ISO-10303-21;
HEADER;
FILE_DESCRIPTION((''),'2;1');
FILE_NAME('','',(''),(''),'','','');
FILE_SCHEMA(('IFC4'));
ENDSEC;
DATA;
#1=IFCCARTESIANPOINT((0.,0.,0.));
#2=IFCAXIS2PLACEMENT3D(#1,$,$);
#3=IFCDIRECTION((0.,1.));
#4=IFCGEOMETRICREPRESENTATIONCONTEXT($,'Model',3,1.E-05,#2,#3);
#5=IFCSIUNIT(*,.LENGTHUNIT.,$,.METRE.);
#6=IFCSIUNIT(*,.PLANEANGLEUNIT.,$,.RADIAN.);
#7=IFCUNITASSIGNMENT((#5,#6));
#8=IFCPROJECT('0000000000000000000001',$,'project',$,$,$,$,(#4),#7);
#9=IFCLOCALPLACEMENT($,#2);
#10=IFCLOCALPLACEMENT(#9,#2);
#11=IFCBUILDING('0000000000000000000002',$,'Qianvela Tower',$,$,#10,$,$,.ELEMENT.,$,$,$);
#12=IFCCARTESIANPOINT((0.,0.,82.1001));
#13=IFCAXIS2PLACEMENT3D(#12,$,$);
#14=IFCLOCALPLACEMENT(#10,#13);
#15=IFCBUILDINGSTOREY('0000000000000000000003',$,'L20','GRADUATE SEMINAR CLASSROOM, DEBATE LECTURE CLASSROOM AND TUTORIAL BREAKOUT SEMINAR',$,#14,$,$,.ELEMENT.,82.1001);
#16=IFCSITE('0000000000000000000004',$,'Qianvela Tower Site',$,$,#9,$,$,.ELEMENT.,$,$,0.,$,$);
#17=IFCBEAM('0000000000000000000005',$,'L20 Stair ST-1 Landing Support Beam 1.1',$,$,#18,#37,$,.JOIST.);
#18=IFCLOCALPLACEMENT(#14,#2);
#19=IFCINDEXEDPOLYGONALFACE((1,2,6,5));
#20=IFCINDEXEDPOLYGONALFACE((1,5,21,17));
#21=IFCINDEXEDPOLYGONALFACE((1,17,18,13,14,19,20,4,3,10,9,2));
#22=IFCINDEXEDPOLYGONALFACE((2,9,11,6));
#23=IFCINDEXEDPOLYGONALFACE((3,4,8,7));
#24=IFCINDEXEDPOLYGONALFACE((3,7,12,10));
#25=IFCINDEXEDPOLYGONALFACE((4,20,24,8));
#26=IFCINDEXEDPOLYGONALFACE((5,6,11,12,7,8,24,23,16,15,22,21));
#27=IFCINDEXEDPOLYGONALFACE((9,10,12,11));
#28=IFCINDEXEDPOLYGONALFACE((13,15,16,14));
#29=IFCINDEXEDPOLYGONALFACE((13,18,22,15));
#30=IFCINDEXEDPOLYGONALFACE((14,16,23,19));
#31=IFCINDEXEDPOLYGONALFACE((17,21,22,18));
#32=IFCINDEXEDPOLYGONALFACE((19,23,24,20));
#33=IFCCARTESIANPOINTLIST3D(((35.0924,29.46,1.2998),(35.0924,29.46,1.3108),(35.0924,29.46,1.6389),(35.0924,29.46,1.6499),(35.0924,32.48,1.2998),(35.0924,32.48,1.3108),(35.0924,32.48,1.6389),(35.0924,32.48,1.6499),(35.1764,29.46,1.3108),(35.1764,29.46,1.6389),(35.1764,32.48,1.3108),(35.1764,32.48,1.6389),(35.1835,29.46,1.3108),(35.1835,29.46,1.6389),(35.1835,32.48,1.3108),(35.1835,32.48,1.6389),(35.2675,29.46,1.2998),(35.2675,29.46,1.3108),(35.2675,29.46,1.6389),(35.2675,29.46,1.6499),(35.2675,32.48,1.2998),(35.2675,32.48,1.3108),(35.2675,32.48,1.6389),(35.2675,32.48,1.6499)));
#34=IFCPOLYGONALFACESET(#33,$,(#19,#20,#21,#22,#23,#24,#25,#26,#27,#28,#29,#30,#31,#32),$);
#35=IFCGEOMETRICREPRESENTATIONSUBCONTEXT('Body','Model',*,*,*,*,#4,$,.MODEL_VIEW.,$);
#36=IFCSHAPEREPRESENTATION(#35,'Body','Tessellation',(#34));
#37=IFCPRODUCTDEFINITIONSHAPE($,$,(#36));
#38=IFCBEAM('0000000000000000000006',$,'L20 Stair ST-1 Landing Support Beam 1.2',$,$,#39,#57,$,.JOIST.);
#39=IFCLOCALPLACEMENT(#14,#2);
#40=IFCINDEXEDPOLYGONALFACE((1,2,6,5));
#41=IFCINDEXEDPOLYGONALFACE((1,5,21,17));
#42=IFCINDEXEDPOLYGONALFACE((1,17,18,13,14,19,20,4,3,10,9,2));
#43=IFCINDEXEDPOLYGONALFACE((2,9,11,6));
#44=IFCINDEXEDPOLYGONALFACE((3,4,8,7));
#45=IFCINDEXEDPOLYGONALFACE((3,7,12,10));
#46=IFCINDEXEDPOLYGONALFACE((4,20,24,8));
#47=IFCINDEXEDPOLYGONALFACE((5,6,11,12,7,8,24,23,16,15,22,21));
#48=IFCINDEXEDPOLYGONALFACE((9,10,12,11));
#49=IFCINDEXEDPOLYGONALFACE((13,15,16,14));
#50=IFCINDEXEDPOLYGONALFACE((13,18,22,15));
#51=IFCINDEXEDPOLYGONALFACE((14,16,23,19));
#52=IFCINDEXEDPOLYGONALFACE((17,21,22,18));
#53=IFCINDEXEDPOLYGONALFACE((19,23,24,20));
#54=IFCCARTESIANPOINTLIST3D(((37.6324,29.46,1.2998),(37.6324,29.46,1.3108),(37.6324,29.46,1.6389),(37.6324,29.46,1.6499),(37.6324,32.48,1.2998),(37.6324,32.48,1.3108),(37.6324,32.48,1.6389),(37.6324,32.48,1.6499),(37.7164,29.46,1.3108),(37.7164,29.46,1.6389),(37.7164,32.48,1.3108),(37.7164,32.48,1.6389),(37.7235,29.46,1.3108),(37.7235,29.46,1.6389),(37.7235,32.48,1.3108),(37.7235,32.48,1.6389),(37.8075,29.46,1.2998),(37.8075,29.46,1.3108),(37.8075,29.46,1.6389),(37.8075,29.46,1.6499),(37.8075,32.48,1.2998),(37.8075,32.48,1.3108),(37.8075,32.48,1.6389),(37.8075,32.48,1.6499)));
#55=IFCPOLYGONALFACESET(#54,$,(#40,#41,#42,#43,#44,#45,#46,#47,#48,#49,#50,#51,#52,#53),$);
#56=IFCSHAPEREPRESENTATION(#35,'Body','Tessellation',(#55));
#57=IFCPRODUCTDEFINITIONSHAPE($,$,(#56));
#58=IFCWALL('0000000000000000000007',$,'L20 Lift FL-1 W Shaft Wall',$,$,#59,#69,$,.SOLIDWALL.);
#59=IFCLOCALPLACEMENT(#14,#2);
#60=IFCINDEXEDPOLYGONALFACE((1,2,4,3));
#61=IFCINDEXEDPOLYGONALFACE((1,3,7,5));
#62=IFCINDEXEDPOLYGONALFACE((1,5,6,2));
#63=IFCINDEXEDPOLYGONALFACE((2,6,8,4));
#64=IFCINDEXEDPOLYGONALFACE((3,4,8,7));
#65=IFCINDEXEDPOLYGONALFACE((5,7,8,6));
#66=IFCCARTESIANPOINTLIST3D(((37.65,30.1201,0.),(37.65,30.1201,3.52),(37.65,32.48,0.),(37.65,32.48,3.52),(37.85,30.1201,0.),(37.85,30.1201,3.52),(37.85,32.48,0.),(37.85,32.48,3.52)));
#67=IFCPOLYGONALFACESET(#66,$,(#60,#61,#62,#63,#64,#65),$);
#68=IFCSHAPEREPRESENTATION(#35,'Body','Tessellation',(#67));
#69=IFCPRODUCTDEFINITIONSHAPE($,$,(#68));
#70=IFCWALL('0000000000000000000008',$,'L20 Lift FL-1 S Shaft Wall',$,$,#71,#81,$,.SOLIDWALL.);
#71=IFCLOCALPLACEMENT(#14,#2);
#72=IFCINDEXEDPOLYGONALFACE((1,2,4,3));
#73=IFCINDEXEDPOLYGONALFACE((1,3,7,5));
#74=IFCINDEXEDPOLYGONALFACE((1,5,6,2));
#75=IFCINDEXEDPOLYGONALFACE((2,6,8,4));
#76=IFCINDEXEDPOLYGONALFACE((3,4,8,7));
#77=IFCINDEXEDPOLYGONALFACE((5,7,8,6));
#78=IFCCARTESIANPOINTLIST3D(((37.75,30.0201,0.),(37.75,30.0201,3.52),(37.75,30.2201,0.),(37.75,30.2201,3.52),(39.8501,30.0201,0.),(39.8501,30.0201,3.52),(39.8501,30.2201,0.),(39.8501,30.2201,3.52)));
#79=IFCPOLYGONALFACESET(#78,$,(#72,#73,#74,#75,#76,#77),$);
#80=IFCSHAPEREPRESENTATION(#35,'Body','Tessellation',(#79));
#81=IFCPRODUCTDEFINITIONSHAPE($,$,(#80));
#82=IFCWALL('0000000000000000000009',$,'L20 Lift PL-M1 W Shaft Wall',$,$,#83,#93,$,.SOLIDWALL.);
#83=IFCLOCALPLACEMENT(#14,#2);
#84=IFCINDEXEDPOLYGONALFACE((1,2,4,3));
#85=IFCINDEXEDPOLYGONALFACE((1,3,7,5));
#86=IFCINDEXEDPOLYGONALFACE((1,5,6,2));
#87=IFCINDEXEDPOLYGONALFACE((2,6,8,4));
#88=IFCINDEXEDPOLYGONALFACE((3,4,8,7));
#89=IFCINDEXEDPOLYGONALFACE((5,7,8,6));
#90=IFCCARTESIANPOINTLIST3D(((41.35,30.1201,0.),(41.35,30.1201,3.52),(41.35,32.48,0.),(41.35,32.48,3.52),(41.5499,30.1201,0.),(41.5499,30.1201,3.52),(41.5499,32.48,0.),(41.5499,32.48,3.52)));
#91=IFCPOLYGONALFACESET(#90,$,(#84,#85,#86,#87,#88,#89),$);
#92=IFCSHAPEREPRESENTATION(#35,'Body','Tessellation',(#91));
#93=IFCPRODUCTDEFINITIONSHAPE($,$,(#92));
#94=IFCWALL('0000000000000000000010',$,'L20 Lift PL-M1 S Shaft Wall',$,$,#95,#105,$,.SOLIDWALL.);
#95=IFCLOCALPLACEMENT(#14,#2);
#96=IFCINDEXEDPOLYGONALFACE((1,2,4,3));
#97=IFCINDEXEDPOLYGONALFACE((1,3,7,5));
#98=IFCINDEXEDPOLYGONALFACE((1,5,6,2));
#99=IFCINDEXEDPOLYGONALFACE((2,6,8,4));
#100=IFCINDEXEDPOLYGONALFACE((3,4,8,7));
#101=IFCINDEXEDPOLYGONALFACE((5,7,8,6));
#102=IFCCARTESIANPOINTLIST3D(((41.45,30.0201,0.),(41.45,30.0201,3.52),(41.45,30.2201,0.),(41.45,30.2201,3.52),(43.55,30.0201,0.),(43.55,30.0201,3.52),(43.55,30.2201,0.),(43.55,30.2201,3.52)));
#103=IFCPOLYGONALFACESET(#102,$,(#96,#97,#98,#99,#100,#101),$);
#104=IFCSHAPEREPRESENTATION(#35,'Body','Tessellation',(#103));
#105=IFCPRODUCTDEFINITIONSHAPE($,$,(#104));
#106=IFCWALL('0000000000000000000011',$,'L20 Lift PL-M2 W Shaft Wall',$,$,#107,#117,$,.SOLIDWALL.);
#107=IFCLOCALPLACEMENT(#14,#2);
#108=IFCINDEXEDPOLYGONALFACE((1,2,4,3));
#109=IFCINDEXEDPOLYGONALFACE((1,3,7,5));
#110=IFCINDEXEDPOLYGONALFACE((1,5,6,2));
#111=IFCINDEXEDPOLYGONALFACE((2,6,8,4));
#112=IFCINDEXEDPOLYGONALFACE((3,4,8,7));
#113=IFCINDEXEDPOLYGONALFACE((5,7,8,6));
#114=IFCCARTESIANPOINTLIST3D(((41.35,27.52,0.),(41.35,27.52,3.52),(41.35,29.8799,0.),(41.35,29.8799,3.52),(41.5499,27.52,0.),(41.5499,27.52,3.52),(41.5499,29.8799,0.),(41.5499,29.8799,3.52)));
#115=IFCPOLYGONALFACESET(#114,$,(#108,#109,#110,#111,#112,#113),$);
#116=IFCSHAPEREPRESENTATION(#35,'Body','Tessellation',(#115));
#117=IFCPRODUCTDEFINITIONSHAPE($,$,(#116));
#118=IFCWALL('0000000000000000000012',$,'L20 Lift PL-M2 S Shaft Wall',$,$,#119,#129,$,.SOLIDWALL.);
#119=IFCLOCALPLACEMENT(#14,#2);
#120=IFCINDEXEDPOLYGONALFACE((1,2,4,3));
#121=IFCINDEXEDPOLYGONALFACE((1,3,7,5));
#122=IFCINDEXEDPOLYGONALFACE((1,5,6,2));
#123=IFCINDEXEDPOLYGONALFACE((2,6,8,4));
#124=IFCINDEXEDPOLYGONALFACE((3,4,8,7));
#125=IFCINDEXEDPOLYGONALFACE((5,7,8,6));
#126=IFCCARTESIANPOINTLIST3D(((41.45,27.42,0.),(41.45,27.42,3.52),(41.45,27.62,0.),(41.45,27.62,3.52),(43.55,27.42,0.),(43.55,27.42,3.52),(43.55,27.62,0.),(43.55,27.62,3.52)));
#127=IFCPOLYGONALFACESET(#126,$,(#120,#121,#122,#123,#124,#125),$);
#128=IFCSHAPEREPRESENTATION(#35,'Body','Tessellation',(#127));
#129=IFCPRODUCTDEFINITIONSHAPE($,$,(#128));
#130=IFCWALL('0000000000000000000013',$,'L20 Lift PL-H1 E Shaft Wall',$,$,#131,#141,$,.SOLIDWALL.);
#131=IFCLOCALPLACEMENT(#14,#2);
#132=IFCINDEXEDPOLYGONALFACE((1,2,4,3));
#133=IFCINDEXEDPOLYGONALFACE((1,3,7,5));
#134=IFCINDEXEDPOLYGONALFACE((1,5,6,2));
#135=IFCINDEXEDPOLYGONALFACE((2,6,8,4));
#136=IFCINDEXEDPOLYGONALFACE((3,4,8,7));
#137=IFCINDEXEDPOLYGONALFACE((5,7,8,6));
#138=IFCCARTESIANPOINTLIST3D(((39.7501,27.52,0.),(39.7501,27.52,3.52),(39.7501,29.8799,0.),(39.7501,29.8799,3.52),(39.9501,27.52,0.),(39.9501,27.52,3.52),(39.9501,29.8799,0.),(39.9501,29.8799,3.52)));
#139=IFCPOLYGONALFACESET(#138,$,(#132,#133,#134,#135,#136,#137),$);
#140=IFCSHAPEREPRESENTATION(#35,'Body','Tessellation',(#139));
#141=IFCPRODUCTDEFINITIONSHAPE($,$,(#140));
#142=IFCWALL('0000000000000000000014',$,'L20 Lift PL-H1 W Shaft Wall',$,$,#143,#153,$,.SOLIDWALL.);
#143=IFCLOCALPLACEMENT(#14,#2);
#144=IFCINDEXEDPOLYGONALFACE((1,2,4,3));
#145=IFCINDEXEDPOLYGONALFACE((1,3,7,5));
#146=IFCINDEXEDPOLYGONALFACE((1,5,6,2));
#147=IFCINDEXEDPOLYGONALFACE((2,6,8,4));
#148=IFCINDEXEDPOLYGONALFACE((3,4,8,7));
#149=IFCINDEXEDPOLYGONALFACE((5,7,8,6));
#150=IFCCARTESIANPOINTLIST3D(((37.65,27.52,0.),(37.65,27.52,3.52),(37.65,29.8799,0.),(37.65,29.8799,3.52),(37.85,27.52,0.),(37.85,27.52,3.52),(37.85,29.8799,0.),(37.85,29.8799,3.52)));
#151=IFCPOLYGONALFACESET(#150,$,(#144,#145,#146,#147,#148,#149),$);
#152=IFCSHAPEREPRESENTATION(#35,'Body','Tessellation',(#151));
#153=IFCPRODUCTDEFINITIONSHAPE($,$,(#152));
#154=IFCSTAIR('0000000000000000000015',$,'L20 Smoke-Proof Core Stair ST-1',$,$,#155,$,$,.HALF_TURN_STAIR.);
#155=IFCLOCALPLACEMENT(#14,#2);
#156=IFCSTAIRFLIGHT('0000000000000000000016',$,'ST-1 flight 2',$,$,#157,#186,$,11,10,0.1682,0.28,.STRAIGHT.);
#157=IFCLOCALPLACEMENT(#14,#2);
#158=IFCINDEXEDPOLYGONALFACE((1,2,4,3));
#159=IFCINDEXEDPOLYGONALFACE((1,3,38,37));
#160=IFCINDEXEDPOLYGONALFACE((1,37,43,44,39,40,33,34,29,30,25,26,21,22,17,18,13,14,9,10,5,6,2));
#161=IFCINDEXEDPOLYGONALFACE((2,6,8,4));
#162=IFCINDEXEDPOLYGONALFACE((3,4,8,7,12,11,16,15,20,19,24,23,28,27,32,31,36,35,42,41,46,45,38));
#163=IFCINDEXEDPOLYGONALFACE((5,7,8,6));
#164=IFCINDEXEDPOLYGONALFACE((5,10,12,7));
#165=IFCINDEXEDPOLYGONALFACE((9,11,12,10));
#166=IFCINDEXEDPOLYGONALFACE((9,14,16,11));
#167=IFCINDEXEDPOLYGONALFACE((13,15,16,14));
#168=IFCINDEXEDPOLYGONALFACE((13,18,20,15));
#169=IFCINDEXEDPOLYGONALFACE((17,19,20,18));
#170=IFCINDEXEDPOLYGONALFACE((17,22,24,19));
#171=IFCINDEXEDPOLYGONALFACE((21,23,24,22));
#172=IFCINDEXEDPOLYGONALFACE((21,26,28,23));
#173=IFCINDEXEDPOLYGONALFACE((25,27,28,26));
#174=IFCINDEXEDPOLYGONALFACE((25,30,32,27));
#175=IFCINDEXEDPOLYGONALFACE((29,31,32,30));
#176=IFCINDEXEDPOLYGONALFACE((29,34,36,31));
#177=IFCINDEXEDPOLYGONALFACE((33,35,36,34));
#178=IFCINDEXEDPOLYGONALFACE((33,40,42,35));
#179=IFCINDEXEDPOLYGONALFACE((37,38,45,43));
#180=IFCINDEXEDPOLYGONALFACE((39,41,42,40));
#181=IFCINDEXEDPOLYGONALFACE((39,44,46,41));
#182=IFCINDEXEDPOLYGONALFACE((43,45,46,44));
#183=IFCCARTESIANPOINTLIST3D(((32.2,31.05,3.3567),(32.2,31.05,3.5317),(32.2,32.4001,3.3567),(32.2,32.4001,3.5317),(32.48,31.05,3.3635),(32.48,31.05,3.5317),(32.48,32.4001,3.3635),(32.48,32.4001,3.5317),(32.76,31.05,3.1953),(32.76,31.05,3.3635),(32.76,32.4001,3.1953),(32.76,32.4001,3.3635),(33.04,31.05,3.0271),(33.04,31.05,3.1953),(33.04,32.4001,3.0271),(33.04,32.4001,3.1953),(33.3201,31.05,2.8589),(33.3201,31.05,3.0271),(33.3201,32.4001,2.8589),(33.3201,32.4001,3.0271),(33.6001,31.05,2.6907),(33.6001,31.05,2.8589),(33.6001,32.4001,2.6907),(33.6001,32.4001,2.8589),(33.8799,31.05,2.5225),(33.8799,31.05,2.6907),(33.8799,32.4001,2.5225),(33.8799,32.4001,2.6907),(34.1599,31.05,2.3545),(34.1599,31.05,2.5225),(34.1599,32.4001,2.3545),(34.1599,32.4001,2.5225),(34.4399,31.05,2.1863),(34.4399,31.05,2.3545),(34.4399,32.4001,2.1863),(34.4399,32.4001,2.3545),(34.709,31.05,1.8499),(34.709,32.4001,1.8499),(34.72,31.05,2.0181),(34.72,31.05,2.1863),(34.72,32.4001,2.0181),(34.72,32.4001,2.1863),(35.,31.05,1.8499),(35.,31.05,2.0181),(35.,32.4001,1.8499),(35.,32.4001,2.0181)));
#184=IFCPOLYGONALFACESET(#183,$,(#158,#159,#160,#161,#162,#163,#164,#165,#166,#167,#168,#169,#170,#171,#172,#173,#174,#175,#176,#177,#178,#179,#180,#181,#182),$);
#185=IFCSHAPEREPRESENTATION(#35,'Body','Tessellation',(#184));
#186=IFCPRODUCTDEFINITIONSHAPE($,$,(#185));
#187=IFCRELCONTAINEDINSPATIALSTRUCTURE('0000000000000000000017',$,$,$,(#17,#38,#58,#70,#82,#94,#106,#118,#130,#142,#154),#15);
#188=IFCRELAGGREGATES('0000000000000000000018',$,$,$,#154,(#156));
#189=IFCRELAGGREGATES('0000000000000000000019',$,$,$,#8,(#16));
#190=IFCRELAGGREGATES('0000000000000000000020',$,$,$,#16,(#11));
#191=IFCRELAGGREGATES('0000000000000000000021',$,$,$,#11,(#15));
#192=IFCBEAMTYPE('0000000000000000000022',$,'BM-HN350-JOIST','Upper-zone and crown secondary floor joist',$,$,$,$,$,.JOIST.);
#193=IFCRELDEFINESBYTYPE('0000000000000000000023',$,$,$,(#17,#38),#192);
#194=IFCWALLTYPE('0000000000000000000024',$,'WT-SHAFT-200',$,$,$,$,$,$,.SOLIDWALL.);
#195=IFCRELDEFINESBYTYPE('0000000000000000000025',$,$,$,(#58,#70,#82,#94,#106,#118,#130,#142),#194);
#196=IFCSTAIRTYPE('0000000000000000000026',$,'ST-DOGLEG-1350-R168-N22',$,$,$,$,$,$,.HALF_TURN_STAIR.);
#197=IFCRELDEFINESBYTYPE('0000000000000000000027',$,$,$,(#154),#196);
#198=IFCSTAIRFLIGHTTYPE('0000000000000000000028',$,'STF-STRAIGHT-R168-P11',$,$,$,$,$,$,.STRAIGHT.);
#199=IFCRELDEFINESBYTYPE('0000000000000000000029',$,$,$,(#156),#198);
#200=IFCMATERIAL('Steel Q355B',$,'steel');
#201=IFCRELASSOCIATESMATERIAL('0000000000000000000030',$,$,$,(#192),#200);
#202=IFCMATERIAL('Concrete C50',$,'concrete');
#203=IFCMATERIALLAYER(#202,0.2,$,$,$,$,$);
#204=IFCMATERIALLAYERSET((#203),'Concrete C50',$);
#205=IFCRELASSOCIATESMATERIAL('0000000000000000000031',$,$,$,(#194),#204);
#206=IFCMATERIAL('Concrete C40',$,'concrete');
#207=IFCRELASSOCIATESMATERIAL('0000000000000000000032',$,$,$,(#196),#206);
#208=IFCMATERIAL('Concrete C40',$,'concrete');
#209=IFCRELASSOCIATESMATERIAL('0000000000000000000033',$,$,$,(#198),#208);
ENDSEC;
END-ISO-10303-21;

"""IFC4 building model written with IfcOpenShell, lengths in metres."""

from ifc_helpers import new_model, si_unit, direction, frame, frame_2d, origin, origin_2d, place, context, subcontext, project, spatial, polyline, rectangle, i_section, outline, extrude, material, layer, layer_set, material_profile, profile_set, type_object, element, aggregate, save


model = new_model("IFC4")

# Units and contexts
model_context = context("Model", 3, precision=1e-05, world=origin(), true_north=direction((0.0, 1.0)))
body_context = subcontext(model_context, "Body", "Model", "MODEL_VIEW")
ifc_project = project(units=[si_unit("LENGTHUNIT", "METRE"), si_unit("PLANEANGLEUNIT", "RADIAN")], contexts=[model_context])

# Site, building, storey
site_placement = place(None, origin())
site = spatial("IfcSite", under=ifc_project, at=site_placement, Name="Qianvela Tower Site", CompositionType="ELEMENT", RefElevation=0.0)
building_placement = place(site_placement, origin())
building = spatial("IfcBuilding", under=site, at=building_placement, Name="Qianvela Tower", CompositionType="ELEMENT")
storey_placement = place(building_placement, frame((0.0, 0.0, 82.1001)))
storey = spatial("IfcBuildingStorey", under=building, at=storey_placement, Name="L20", Description="GRADUATE SEMINAR CLASSROOM, DEBATE LECTURE CLASSROOM AND TUTORIAL BREAKOUT SEMINAR", CompositionType="ELEMENT", Elevation=82.1001)

# Beams
ifc_material_1 = material(Name="Steel Q355B", Category="steel")
ifc_material_profile = material_profile(ifc_material_1, i_section(OverallWidth=0.175, OverallDepth=0.3501, WebThickness=0.0071, FlangeThickness=0.011, at=origin_2d()), Name="HN350x175x7x11")
ifc_profile_set = profile_set([ifc_material_profile], Name="Steel Q355B")
beam_type = type_object("IfcBeamType", Name="BM-HN350-JOIST", Description="Upper-zone and crown secondary floor joist", PredefinedType="JOIST", material=ifc_profile_set)
for number, where, z_axis, x_axis, name in (
    (1, (35.1799, 29.46, 1.4749), (0.0, 1.0, 0.0), (-1.0, 0.0, 0.0), "L20 Stair ST-1 Landing Support Beam 1.1"),
    (2, (37.72, 29.46, 1.4749), (0.0, 1.0, 0.0), (-1.0, 0.0, 0.0), "L20 Stair ST-1 Landing Support Beam 1.2"),
):
    element("IfcBeam", number, at=place(storey_placement, frame(where, z_axis=z_axis, x_axis=x_axis)), inside=storey, type_object=beam_type, Name=name, PredefinedType="JOIST", context=body_context, shape_type="SweptSolid", body=[
        extrude(i_section(OverallWidth=0.175, OverallDepth=0.3501, WebThickness=0.0071, FlangeThickness=0.011, at=origin_2d()), origin(), (0.0, 0.0, 1.0), 3.02),
    ])

# Shared definitions
ifc_material_2 = material(Name="Concrete C50", Category="concrete")
ifc_layer = layer(ifc_material_2, 0.2)
ifc_layer_set = layer_set([ifc_layer], Name="Concrete C50")
wall_type = type_object("IfcWallType", Name="WT-SHAFT-200", PredefinedType="SOLIDWALL", material=ifc_layer_set)

# Walls
wall_1_placement = place(storey_placement, frame((37.75, 30.1201, 0.0), z_axis=(0.0, 0.0, 1.0), x_axis=(0.0, 1.0, 0.0)))
element("IfcWall", 3, at=wall_1_placement, inside=storey, type_object=wall_type, Name="L20 Lift FL-1 W Shaft Wall", PredefinedType="SOLIDWALL", context=body_context, shape_type="SweptSolid", body=[
    extrude(rectangle(XDim=2.3599, YDim=0.2, at=frame_2d((1.1799, 0.0))), origin(), (0.0, 0.0, 1.0), 3.52),
])
wall_2_placement = place(storey_placement, frame((37.75, 30.1201, 0.0), z_axis=(0.0, 0.0, 1.0), x_axis=(1.0, 0.0, 0.0)))
element("IfcWall", 4, at=wall_2_placement, inside=storey, type_object=wall_type, Name="L20 Lift FL-1 S Shaft Wall", PredefinedType="SOLIDWALL", context=body_context, shape_type="SweptSolid", body=[
    extrude(rectangle(XDim=2.1001, YDim=0.2, at=frame_2d((1.05, 0.0))), origin(), (0.0, 0.0, 1.0), 3.52),
])
wall_3_placement = place(storey_placement, frame((41.45, 30.1201, 0.0), z_axis=(0.0, 0.0, 1.0), x_axis=(0.0, 1.0, 0.0)))
element("IfcWall", 5, at=wall_3_placement, inside=storey, type_object=wall_type, Name="L20 Lift PL-M1 W Shaft Wall", PredefinedType="SOLIDWALL", context=body_context, shape_type="SweptSolid", body=[
    extrude(rectangle(XDim=2.3599, YDim=0.2, at=frame_2d((1.1799, 0.0))), origin(), (0.0, 0.0, 1.0), 3.52),
])
wall_4_placement = place(storey_placement, frame((41.45, 30.1201, 0.0), z_axis=(0.0, 0.0, 1.0), x_axis=(1.0, 0.0, 0.0)))
element("IfcWall", 6, at=wall_4_placement, inside=storey, type_object=wall_type, Name="L20 Lift PL-M1 S Shaft Wall", PredefinedType="SOLIDWALL", context=body_context, shape_type="SweptSolid", body=[
    extrude(rectangle(XDim=2.1001, YDim=0.2, at=frame_2d((1.05, 0.0))), origin(), (0.0, 0.0, 1.0), 3.52),
])
wall_5_placement = place(storey_placement, frame((41.45, 27.52, 0.0), z_axis=(0.0, 0.0, 1.0), x_axis=(0.0, 1.0, 0.0)))
element("IfcWall", 7, at=wall_5_placement, inside=storey, type_object=wall_type, Name="L20 Lift PL-M2 W Shaft Wall", PredefinedType="SOLIDWALL", context=body_context, shape_type="SweptSolid", body=[
    extrude(rectangle(XDim=2.3599, YDim=0.2, at=frame_2d((1.1799, 0.0))), origin(), (0.0, 0.0, 1.0), 3.52),
])
wall_6_placement = place(storey_placement, frame((41.45, 27.52, 0.0), z_axis=(0.0, 0.0, 1.0), x_axis=(1.0, 0.0, 0.0)))
element("IfcWall", 8, at=wall_6_placement, inside=storey, type_object=wall_type, Name="L20 Lift PL-M2 S Shaft Wall", PredefinedType="SOLIDWALL", context=body_context, shape_type="SweptSolid", body=[
    extrude(rectangle(XDim=2.1001, YDim=0.2, at=frame_2d((1.05, 0.0))), origin(), (0.0, 0.0, 1.0), 3.52),
])
for number, where, z_axis, x_axis, name in (
    (9, (39.8501, 27.52, 0.0), (0.0, 0.0, 1.0), (0.0, 1.0, 0.0), "L20 Lift PL-H1 E Shaft Wall"),
    (10, (37.75, 27.52, 0.0), (0.0, 0.0, 1.0), (0.0, 1.0, 0.0), "L20 Lift PL-H1 W Shaft Wall"),
):
    element("IfcWall", number, at=place(storey_placement, frame(where, z_axis=z_axis, x_axis=x_axis)), inside=storey, type_object=wall_type, Name=name, PredefinedType="SOLIDWALL", context=body_context, shape_type="SweptSolid", body=[
        extrude(rectangle(XDim=2.3599, YDim=0.2, at=frame_2d((1.1799, 0.0))), origin(), (0.0, 0.0, 1.0), 3.52),
    ])

# Stair, stair flight
ifc_material_3 = material(Name="Concrete C40", Category="concrete")
stair_type = type_object("IfcStairType", Name="ST-DOGLEG-1350-R168-N22", PredefinedType="HALF_TURN_STAIR", material=ifc_material_3)
stair_placement = place(storey_placement, origin())
stair = element("IfcStair", 11, at=stair_placement, inside=storey, type_object=stair_type, Name="L20 Smoke-Proof Core Stair ST-1", PredefinedType="HALF_TURN_STAIR")
ifc_material_4 = material(Name="Concrete C40", Category="concrete")
stair_flight_type = type_object("IfcStairFlightType", Name="STF-STRAIGHT-R168-P11", PredefinedType="STRAIGHT", material=ifc_material_4)
stair_flight_placement = place(storey_placement, frame((35.0, 31.7251, 1.8499), z_axis=(0.0, 0.0, 1.0), x_axis=(-1.0, 0.0, 0.0)))
stair_flight = element("IfcStairFlight", 12, at=stair_flight_placement, type_object=stair_flight_type, Name="ST-1 flight 2", NumberOfRisers=11, NumberOfTreads=10, PredefinedType="STRAIGHT", RiserHeight=0.1682, TreadLength=0.28, context=body_context, shape_type="SweptSolid", body=[
    extrude(outline(polyline([(0.0, 0.0), (0.0, 0.1682), (0.28, 0.1682), (0.28, 0.3364), (0.5601, 0.3364), (0.5601, 0.5046), (0.8401, 0.5046), (0.8401, 0.6726), (1.1201, 0.6726), (1.1201, 0.8408), (1.3999, 0.8408), (1.3999, 1.009), (1.6799, 1.009), (1.6799, 1.1772), (1.96, 1.1772), (1.96, 1.3455), (2.24, 1.3455), (2.24, 1.5137), (2.52, 1.5137), (2.52, 1.6819), (2.8, 1.6819), (2.8, 1.8501), (2.8, 1.5068), (0.291, 0.0), (0.0, 0.0)])), frame((0.0, 0.675, 0.0), z_axis=(0.0, -1.0, 0.0), x_axis=(1.0, 0.0, 0.0)), (0.0, 0.0, 1.0), 1.3501),
])
aggregate(stair, [stair_flight])

save(model, "model.ifc")
